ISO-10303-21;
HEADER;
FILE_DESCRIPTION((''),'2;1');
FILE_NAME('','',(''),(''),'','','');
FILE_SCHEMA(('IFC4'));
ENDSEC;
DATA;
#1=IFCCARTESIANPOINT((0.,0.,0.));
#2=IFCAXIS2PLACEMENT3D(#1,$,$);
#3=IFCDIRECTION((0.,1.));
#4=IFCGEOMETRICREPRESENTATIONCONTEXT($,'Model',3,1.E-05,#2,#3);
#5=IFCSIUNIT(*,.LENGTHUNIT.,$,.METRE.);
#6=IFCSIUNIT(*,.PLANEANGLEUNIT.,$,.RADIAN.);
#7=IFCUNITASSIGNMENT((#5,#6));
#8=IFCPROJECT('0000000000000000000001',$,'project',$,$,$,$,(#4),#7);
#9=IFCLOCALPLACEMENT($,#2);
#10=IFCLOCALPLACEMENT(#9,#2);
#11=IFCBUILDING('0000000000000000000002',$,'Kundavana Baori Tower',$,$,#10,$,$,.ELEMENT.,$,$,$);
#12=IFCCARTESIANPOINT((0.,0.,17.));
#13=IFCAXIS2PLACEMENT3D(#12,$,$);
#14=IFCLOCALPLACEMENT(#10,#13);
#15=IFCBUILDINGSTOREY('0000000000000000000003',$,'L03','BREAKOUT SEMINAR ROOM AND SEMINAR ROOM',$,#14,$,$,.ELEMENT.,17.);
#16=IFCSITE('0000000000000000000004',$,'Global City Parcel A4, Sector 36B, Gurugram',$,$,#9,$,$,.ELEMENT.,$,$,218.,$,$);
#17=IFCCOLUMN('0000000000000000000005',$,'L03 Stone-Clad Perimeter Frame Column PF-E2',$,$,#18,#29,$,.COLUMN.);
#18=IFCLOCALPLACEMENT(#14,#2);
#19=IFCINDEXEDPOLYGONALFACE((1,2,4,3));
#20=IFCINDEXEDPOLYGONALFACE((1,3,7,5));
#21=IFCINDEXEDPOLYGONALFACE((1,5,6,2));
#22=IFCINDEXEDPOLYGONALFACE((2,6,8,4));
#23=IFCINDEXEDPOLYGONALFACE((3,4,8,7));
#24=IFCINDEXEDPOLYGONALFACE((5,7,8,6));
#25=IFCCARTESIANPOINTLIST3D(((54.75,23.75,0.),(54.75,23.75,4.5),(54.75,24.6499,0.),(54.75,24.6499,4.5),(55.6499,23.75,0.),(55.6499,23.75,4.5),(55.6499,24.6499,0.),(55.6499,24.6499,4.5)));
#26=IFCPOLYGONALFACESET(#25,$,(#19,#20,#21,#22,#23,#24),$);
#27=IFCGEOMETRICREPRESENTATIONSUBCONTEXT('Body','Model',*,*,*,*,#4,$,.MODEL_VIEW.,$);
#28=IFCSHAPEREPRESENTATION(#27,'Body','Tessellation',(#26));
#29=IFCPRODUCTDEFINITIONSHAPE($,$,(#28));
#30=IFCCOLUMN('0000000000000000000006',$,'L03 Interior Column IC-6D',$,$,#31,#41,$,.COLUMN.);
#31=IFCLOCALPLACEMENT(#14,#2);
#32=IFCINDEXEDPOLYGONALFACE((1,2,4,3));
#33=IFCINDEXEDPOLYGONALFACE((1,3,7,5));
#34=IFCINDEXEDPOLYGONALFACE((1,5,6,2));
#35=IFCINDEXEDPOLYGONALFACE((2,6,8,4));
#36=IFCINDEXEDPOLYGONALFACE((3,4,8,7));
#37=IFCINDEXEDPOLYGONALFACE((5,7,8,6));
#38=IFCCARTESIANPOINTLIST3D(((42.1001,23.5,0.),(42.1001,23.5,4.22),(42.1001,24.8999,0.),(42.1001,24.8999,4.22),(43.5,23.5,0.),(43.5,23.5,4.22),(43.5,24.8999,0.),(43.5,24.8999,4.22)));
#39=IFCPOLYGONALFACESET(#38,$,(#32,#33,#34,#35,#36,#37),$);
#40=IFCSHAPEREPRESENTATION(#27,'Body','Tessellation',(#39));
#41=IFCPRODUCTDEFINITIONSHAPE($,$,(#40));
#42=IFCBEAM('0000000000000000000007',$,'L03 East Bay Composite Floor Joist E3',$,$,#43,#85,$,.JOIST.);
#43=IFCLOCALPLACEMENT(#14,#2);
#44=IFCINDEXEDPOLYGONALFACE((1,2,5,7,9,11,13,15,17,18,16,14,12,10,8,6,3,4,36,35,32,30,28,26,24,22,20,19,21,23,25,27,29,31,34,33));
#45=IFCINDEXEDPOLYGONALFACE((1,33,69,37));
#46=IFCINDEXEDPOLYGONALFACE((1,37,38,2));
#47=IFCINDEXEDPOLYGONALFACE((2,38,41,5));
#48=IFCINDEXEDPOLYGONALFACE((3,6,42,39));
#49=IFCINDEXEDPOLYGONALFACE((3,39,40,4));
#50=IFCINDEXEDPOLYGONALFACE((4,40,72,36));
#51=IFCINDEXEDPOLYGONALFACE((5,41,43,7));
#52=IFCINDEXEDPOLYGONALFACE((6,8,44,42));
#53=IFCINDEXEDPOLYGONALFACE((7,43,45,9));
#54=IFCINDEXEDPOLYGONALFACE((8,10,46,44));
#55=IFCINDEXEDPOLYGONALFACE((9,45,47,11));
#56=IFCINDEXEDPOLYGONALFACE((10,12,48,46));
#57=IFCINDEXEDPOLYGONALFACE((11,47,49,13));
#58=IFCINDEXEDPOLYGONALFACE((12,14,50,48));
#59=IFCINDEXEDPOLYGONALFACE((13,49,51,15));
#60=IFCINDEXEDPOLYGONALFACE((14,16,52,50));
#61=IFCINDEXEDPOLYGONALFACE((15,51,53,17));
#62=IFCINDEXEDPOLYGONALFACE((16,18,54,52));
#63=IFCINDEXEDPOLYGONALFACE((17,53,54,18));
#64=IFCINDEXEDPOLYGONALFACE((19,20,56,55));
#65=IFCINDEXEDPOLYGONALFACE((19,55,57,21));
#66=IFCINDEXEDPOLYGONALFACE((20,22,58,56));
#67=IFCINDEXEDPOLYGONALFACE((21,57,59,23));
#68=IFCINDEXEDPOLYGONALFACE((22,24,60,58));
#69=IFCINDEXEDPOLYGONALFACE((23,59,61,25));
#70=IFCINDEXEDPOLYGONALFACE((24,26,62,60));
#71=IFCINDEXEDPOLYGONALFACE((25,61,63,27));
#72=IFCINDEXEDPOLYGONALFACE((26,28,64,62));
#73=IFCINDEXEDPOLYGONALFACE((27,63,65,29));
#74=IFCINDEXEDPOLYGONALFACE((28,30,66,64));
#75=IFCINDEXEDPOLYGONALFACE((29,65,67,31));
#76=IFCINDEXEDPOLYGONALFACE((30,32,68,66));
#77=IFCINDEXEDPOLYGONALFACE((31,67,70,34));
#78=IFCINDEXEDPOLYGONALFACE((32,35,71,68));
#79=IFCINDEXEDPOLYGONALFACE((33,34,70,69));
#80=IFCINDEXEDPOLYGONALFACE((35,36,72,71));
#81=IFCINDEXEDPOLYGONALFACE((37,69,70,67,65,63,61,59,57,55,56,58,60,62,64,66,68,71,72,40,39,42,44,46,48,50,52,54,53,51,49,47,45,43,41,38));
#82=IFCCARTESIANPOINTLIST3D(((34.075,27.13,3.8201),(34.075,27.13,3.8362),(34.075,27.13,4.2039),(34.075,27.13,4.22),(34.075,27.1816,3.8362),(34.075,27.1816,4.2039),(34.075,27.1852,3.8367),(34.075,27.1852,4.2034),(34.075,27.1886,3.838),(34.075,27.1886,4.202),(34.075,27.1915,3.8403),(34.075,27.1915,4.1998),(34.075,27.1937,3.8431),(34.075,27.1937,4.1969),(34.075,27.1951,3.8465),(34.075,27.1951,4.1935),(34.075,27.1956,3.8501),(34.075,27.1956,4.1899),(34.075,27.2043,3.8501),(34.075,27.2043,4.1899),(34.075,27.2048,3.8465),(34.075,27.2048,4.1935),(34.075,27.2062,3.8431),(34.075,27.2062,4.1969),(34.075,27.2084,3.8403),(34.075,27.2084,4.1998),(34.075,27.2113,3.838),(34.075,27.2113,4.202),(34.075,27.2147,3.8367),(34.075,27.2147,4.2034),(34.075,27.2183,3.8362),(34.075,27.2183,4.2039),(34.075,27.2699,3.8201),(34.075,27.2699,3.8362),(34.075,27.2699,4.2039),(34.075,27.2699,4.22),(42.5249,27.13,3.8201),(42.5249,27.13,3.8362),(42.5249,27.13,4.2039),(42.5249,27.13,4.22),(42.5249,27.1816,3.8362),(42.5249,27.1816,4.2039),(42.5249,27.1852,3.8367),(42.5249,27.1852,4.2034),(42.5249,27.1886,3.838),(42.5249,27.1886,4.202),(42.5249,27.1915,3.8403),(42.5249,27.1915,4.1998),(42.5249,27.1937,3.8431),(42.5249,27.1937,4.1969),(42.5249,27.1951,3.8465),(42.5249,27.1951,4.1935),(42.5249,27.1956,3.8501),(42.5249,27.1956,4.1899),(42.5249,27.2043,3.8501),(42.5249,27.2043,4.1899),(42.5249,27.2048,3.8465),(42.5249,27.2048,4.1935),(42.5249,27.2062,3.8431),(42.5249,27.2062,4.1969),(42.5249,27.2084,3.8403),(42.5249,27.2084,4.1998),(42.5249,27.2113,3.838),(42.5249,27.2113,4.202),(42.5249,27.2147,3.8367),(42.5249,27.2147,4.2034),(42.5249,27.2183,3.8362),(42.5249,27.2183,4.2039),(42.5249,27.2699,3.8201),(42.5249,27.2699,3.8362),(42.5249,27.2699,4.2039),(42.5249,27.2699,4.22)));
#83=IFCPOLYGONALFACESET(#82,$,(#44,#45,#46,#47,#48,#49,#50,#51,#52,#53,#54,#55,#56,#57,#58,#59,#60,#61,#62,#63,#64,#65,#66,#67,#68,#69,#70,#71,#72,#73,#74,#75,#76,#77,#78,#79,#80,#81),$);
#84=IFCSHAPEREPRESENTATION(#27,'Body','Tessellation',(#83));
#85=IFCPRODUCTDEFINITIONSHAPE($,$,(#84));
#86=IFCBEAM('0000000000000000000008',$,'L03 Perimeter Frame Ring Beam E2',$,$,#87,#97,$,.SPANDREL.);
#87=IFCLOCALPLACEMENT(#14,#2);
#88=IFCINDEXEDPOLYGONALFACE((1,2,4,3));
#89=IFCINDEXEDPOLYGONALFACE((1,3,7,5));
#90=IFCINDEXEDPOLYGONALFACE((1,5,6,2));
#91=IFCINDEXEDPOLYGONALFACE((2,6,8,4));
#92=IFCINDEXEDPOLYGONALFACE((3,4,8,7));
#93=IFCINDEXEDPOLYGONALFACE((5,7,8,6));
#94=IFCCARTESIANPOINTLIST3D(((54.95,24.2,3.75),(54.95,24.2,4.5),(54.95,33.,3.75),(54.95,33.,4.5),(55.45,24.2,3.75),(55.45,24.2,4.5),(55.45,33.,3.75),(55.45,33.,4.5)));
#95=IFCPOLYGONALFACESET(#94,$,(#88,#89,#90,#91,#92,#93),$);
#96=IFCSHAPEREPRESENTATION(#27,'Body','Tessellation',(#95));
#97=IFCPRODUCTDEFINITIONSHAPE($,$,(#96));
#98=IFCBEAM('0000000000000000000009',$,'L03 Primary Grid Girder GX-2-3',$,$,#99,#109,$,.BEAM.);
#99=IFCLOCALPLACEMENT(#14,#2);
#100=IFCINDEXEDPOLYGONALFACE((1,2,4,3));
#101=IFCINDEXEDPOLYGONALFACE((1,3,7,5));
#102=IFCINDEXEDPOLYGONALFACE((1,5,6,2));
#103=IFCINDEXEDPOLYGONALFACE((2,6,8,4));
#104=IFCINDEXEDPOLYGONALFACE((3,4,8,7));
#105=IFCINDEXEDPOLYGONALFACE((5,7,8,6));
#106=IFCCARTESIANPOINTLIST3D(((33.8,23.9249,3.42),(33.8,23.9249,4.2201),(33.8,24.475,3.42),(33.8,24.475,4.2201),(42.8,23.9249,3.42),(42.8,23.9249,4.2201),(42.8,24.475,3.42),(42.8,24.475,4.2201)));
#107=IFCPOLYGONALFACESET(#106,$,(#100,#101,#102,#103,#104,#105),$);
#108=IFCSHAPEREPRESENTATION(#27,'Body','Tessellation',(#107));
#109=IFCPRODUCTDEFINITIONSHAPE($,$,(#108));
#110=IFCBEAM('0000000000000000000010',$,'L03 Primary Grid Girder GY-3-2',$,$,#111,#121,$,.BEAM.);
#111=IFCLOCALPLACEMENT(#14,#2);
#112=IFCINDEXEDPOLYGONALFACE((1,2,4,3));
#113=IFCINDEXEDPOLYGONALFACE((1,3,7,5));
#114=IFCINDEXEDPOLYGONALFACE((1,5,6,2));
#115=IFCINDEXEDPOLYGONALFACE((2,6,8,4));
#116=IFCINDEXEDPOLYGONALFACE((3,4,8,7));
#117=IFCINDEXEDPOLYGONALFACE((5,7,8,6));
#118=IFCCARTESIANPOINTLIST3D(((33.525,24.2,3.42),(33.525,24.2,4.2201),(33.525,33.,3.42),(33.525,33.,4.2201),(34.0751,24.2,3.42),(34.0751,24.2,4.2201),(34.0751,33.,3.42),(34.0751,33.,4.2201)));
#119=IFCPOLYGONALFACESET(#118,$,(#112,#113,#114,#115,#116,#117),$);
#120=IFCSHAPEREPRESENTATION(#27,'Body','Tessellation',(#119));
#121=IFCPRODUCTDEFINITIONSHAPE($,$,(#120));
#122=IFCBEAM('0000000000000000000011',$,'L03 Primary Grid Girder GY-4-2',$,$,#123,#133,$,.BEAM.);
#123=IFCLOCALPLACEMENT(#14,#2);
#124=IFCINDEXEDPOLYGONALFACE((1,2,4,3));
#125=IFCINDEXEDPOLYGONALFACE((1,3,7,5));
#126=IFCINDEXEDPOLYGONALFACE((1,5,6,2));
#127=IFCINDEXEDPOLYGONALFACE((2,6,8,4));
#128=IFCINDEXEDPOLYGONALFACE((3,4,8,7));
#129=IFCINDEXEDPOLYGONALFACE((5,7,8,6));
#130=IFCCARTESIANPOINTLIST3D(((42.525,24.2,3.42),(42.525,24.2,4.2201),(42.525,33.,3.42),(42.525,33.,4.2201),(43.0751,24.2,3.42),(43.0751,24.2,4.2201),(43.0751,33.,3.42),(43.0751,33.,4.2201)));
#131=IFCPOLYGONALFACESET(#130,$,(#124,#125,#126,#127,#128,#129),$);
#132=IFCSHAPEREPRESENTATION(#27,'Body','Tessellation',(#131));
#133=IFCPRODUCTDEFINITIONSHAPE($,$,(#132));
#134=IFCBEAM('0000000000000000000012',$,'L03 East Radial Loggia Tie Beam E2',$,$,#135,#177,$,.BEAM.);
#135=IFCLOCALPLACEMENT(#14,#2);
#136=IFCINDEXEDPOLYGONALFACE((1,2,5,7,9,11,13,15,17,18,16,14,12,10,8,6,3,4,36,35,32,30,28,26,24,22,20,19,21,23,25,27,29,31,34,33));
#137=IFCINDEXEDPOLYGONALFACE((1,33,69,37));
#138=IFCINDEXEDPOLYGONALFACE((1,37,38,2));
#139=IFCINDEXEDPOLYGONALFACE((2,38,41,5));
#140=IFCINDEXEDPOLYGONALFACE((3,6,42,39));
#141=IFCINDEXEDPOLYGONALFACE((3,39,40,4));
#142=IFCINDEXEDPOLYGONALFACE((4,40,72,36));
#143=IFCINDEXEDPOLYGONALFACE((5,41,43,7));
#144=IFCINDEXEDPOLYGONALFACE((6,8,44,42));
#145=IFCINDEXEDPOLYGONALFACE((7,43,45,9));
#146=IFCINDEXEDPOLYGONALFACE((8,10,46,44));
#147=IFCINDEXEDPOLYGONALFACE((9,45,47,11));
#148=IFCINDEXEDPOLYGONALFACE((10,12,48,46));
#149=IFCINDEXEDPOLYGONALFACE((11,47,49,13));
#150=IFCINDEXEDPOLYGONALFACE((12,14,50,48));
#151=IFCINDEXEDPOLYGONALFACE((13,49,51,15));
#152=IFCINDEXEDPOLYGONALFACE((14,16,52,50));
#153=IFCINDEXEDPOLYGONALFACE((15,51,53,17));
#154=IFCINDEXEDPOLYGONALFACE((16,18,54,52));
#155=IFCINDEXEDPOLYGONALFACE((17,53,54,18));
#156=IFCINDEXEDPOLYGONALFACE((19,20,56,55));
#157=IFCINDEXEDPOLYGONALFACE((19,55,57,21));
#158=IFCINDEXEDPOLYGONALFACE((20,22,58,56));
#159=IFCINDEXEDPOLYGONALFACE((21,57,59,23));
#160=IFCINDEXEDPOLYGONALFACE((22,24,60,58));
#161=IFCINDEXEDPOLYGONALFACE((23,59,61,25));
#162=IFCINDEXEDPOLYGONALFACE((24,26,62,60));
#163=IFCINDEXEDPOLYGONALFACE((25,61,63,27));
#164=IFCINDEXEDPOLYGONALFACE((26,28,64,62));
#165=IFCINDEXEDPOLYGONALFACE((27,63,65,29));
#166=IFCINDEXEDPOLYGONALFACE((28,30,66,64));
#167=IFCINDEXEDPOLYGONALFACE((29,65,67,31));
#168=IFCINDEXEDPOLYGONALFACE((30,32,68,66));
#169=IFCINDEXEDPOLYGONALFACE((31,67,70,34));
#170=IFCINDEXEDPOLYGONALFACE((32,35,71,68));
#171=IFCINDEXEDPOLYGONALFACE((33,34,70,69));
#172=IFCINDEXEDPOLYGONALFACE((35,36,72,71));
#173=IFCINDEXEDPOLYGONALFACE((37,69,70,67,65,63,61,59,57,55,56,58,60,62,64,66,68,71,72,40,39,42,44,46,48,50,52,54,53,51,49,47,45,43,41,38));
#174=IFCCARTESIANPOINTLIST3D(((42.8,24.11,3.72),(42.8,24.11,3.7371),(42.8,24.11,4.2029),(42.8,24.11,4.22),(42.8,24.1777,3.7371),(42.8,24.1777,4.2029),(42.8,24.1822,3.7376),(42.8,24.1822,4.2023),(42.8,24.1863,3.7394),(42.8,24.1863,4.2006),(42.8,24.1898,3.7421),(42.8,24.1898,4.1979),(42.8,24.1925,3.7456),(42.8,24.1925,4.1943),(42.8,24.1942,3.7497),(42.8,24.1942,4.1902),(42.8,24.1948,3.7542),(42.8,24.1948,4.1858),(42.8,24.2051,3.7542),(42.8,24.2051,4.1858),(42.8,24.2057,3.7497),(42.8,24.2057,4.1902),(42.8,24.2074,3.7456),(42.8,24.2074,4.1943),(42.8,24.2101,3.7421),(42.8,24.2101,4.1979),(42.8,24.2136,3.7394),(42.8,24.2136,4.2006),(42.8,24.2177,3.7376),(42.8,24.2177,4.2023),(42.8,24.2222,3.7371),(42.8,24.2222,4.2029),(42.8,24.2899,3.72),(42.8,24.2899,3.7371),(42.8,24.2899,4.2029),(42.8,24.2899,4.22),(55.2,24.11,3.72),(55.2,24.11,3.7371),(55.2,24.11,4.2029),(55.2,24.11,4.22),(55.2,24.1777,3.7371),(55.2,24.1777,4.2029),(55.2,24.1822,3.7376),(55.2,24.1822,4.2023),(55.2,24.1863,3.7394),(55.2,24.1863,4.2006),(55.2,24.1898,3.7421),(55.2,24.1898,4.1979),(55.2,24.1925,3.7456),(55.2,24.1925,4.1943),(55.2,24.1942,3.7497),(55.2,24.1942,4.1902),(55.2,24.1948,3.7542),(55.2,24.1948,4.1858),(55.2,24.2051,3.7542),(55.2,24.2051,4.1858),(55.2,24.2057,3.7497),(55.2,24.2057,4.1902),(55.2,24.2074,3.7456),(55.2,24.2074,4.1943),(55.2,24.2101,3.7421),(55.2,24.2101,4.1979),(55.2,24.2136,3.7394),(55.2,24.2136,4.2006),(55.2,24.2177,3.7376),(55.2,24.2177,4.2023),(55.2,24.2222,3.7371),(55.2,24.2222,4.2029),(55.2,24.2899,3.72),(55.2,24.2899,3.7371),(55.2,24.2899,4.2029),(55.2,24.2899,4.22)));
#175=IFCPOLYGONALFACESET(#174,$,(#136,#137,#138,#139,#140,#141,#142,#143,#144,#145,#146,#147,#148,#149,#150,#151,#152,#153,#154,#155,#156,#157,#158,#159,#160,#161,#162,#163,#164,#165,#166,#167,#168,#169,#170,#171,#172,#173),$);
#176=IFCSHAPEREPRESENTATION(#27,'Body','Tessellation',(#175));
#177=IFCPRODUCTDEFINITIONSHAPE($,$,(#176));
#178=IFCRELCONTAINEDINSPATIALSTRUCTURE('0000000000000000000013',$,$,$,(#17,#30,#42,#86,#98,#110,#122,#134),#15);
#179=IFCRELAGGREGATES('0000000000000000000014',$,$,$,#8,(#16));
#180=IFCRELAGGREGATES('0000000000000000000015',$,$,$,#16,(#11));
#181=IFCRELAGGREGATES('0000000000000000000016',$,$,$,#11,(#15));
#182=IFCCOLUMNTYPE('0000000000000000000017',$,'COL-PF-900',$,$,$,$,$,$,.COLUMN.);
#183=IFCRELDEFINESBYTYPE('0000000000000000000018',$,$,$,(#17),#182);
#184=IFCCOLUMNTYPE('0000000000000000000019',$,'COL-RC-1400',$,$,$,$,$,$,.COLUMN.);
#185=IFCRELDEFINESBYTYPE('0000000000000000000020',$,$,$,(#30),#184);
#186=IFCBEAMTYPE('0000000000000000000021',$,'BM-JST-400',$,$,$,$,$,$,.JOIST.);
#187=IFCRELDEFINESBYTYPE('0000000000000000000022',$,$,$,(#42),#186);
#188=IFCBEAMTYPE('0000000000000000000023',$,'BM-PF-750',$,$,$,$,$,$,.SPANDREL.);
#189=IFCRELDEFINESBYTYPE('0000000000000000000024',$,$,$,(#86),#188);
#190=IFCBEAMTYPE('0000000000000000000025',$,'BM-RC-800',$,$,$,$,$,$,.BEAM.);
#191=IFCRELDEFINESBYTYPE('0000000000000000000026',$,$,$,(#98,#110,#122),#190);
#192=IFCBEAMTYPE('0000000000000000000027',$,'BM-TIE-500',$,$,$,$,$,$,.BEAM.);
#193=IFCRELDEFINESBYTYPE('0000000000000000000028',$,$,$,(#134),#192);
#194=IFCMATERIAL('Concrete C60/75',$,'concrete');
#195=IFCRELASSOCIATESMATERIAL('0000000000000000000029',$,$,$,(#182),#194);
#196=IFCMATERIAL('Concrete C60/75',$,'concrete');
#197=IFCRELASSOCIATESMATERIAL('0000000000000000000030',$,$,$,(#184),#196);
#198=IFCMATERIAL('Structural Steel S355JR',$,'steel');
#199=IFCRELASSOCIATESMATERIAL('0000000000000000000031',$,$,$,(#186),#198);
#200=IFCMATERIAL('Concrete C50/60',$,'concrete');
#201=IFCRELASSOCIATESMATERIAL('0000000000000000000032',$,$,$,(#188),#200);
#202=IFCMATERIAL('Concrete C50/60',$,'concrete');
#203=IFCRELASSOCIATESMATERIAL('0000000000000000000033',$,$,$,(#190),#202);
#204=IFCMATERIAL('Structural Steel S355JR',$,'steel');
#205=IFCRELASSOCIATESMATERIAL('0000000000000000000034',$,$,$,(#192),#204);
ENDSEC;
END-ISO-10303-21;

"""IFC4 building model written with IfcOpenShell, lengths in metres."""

from ifc_helpers import new_model, si_unit, direction, frame, origin, origin_2d, place, context, subcontext, project, spatial, rectangle, i_section, extrude, material, material_profile, profile_set, type_object, element, save


model = new_model("IFC4")

# Units and contexts
model_context = context("Model", 3, precision=1e-05, world=origin(), true_north=direction((0.0, 1.0)))
body_context = subcontext(model_context, "Body", "Model", "MODEL_VIEW")
ifc_project = project(units=[si_unit("LENGTHUNIT", "METRE"), si_unit("PLANEANGLEUNIT", "RADIAN")], contexts=[model_context])

# Site, building, storey
site_placement = place(None, origin())
site = spatial("IfcSite", under=ifc_project, at=site_placement, Name="Global City Parcel A4, Sector 36B, Gurugram", CompositionType="ELEMENT", RefElevation=218.0)
building_placement = place(site_placement, origin())
building = spatial("IfcBuilding", under=site, at=building_placement, Name="Kundavana Baori Tower", CompositionType="ELEMENT")
storey_placement = place(building_placement, frame((0.0, 0.0, 17.0)))
storey = spatial("IfcBuildingStorey", under=building, at=storey_placement, Name="L03", Description="BREAKOUT SEMINAR ROOM AND SEMINAR ROOM", CompositionType="ELEMENT", Elevation=17.0)

# Columns
ifc_material_1 = material(Name="Concrete C60/75", Category="concrete")
ifc_material_profile_1 = material_profile(ifc_material_1, rectangle(XDim=0.8999, YDim=0.8999, at=origin_2d()), Name="RC PF 900x900")
ifc_profile_set_1 = profile_set([ifc_material_profile_1], Name="Concrete C60/75")
column_type_1 = type_object("IfcColumnType", Name="COL-PF-900", PredefinedType="COLUMN", material=ifc_profile_set_1)
column_1_placement = place(storey_placement, frame((55.2, 24.2, 0.0), z_axis=(0.0, 0.0, 1.0), x_axis=(1.0, 0.0, 0.0)))
element("IfcColumn", 1, at=column_1_placement, inside=storey, type_object=column_type_1, Name="L03 Stone-Clad Perimeter Frame Column PF-E2", PredefinedType="COLUMN", context=body_context, shape_type="SweptSolid", body=[
    extrude(rectangle(XDim=0.8999, YDim=0.8999, at=origin_2d()), origin(), (0.0, 0.0, 1.0), 4.5),
])
ifc_material_2 = material(Name="Concrete C60/75", Category="concrete")
ifc_material_profile_2 = material_profile(ifc_material_2, rectangle(XDim=1.3999, YDim=1.3999, at=origin_2d()), Name="RC 1400x1400")
ifc_profile_set_2 = profile_set([ifc_material_profile_2], Name="Concrete C60/75")
column_type_2 = type_object("IfcColumnType", Name="COL-RC-1400", PredefinedType="COLUMN", material=ifc_profile_set_2)
column_2_placement = place(storey_placement, frame((42.8, 24.2, 0.0), z_axis=(0.0, 0.0, 1.0), x_axis=(1.0, 0.0, 0.0)))
element("IfcColumn", 2, at=column_2_placement, inside=storey, type_object=column_type_2, Name="L03 Interior Column IC-6D", PredefinedType="COLUMN", context=body_context, shape_type="SweptSolid", body=[
    extrude(rectangle(XDim=1.3999, YDim=1.3999, at=origin_2d()), origin(), (0.0, 0.0, 1.0), 4.22),
])

# Beams
ifc_material_3 = material(Name="Structural Steel S355JR", Category="steel")
ifc_material_profile_3 = material_profile(ifc_material_3, i_section(OverallWidth=0.1399, OverallDepth=0.3999, WebThickness=0.0088, FlangeThickness=0.0161, FilletRadius=0.0139, at=origin_2d()), Name="ISMB 400")
ifc_profile_set_3 = profile_set([ifc_material_profile_3], Name="Structural Steel S355JR")
beam_type_1 = type_object("IfcBeamType", Name="BM-JST-400", PredefinedType="JOIST", material=ifc_profile_set_3)
beam_1_placement = place(storey_placement, frame((34.075, 27.2, 4.02), z_axis=(1.0, 0.0, 0.0), x_axis=(0.0, 1.0, 0.0)))
element("IfcBeam", 3, at=beam_1_placement, inside=storey, type_object=beam_type_1, Name="L03 East Bay Composite Floor Joist E3", PredefinedType="JOIST", context=body_context, shape_type="SweptSolid", body=[
    extrude(i_section(OverallWidth=0.1399, OverallDepth=0.3999, WebThickness=0.0088, FlangeThickness=0.0161, FilletRadius=0.0139, at=origin_2d()), origin(), (0.0, 0.0, 1.0), 8.45),
])
ifc_material_4 = material(Name="Concrete C50/60", Category="concrete")
ifc_material_profile_4 = material_profile(ifc_material_4, rectangle(XDim=0.5, YDim=0.75, at=origin_2d()), Name="RC BM 500x750")
ifc_profile_set_4 = profile_set([ifc_material_profile_4], Name="Concrete C50/60")
beam_type_2 = type_object("IfcBeamType", Name="BM-PF-750", PredefinedType="SPANDREL", material=ifc_profile_set_4)
beam_2_placement = place(storey_placement, frame((55.2, 24.2, 4.125), z_axis=(0.0, 1.0, 0.0), x_axis=(-1.0, 0.0, 0.0)))
element("IfcBeam", 4, at=beam_2_placement, inside=storey, type_object=beam_type_2, Name="L03 Perimeter Frame Ring Beam E2", PredefinedType="SPANDREL", context=body_context, shape_type="SweptSolid", body=[
    extrude(rectangle(XDim=0.5, YDim=0.75, at=origin_2d()), origin(), (0.0, 0.0, 1.0), 8.8),
])
ifc_material_5 = material(Name="Concrete C50/60", Category="concrete")
ifc_material_profile_5 = material_profile(ifc_material_5, rectangle(XDim=0.55, YDim=0.8, at=origin_2d()), Name="RC BM 550x800")
ifc_profile_set_5 = profile_set([ifc_material_profile_5], Name="Concrete C50/60")
beam_type_3 = type_object("IfcBeamType", Name="BM-RC-800", PredefinedType="BEAM", material=ifc_profile_set_5)
beam_3_placement = place(storey_placement, frame((33.8, 24.2, 3.8201), z_axis=(1.0, 0.0, 0.0), x_axis=(0.0, 1.0, 0.0)))
element("IfcBeam", 5, at=beam_3_placement, inside=storey, type_object=beam_type_3, Name="L03 Primary Grid Girder GX-2-3", PredefinedType="BEAM", context=body_context, shape_type="SweptSolid", body=[
    extrude(rectangle(XDim=0.55, YDim=0.8, at=origin_2d()), origin(), (0.0, 0.0, 1.0), 9.0),
])
for number, where, z_axis, x_axis, name in (
    (6, (33.8, 24.2, 3.8201), (0.0, 1.0, 0.0), (-1.0, 0.0, 0.0), "L03 Primary Grid Girder GY-3-2"),
    (7, (42.8, 24.2, 3.8201), (0.0, 1.0, 0.0), (-1.0, 0.0, 0.0), "L03 Primary Grid Girder GY-4-2"),
):
    element("IfcBeam", number, at=place(storey_placement, frame(where, z_axis=z_axis, x_axis=x_axis)), inside=storey, type_object=beam_type_3, Name=name, PredefinedType="BEAM", context=body_context, shape_type="SweptSolid", body=[
        extrude(rectangle(XDim=0.55, YDim=0.8, at=origin_2d()), origin(), (0.0, 0.0, 1.0), 8.8),
    ])
ifc_material_6 = material(Name="Structural Steel S355JR", Category="steel")
ifc_material_profile_6 = material_profile(ifc_material_6, i_section(OverallWidth=0.1799, OverallDepth=0.5, WebThickness=0.0103, FlangeThickness=0.0171, FilletRadius=0.0171, at=origin_2d()), Name="ISMB 500")
ifc_profile_set_6 = profile_set([ifc_material_profile_6], Name="Structural Steel S355JR")
beam_type_4 = type_object("IfcBeamType", Name="BM-TIE-500", PredefinedType="BEAM", material=ifc_profile_set_6)
beam_4_placement = place(storey_placement, frame((42.8, 24.2, 3.97), z_axis=(1.0, 0.0, 0.0), x_axis=(0.0, 1.0, 0.0)))
element("IfcBeam", 8, at=beam_4_placement, inside=storey, type_object=beam_type_4, Name="L03 East Radial Loggia Tie Beam E2", PredefinedType="BEAM", context=body_context, shape_type="SweptSolid", body=[
    extrude(i_section(OverallWidth=0.1799, OverallDepth=0.5, WebThickness=0.0103, FlangeThickness=0.0171, FilletRadius=0.0171, at=origin_2d()), origin(), (0.0, 0.0, 1.0), 12.3999),
])

save(model, "model.ifc")
